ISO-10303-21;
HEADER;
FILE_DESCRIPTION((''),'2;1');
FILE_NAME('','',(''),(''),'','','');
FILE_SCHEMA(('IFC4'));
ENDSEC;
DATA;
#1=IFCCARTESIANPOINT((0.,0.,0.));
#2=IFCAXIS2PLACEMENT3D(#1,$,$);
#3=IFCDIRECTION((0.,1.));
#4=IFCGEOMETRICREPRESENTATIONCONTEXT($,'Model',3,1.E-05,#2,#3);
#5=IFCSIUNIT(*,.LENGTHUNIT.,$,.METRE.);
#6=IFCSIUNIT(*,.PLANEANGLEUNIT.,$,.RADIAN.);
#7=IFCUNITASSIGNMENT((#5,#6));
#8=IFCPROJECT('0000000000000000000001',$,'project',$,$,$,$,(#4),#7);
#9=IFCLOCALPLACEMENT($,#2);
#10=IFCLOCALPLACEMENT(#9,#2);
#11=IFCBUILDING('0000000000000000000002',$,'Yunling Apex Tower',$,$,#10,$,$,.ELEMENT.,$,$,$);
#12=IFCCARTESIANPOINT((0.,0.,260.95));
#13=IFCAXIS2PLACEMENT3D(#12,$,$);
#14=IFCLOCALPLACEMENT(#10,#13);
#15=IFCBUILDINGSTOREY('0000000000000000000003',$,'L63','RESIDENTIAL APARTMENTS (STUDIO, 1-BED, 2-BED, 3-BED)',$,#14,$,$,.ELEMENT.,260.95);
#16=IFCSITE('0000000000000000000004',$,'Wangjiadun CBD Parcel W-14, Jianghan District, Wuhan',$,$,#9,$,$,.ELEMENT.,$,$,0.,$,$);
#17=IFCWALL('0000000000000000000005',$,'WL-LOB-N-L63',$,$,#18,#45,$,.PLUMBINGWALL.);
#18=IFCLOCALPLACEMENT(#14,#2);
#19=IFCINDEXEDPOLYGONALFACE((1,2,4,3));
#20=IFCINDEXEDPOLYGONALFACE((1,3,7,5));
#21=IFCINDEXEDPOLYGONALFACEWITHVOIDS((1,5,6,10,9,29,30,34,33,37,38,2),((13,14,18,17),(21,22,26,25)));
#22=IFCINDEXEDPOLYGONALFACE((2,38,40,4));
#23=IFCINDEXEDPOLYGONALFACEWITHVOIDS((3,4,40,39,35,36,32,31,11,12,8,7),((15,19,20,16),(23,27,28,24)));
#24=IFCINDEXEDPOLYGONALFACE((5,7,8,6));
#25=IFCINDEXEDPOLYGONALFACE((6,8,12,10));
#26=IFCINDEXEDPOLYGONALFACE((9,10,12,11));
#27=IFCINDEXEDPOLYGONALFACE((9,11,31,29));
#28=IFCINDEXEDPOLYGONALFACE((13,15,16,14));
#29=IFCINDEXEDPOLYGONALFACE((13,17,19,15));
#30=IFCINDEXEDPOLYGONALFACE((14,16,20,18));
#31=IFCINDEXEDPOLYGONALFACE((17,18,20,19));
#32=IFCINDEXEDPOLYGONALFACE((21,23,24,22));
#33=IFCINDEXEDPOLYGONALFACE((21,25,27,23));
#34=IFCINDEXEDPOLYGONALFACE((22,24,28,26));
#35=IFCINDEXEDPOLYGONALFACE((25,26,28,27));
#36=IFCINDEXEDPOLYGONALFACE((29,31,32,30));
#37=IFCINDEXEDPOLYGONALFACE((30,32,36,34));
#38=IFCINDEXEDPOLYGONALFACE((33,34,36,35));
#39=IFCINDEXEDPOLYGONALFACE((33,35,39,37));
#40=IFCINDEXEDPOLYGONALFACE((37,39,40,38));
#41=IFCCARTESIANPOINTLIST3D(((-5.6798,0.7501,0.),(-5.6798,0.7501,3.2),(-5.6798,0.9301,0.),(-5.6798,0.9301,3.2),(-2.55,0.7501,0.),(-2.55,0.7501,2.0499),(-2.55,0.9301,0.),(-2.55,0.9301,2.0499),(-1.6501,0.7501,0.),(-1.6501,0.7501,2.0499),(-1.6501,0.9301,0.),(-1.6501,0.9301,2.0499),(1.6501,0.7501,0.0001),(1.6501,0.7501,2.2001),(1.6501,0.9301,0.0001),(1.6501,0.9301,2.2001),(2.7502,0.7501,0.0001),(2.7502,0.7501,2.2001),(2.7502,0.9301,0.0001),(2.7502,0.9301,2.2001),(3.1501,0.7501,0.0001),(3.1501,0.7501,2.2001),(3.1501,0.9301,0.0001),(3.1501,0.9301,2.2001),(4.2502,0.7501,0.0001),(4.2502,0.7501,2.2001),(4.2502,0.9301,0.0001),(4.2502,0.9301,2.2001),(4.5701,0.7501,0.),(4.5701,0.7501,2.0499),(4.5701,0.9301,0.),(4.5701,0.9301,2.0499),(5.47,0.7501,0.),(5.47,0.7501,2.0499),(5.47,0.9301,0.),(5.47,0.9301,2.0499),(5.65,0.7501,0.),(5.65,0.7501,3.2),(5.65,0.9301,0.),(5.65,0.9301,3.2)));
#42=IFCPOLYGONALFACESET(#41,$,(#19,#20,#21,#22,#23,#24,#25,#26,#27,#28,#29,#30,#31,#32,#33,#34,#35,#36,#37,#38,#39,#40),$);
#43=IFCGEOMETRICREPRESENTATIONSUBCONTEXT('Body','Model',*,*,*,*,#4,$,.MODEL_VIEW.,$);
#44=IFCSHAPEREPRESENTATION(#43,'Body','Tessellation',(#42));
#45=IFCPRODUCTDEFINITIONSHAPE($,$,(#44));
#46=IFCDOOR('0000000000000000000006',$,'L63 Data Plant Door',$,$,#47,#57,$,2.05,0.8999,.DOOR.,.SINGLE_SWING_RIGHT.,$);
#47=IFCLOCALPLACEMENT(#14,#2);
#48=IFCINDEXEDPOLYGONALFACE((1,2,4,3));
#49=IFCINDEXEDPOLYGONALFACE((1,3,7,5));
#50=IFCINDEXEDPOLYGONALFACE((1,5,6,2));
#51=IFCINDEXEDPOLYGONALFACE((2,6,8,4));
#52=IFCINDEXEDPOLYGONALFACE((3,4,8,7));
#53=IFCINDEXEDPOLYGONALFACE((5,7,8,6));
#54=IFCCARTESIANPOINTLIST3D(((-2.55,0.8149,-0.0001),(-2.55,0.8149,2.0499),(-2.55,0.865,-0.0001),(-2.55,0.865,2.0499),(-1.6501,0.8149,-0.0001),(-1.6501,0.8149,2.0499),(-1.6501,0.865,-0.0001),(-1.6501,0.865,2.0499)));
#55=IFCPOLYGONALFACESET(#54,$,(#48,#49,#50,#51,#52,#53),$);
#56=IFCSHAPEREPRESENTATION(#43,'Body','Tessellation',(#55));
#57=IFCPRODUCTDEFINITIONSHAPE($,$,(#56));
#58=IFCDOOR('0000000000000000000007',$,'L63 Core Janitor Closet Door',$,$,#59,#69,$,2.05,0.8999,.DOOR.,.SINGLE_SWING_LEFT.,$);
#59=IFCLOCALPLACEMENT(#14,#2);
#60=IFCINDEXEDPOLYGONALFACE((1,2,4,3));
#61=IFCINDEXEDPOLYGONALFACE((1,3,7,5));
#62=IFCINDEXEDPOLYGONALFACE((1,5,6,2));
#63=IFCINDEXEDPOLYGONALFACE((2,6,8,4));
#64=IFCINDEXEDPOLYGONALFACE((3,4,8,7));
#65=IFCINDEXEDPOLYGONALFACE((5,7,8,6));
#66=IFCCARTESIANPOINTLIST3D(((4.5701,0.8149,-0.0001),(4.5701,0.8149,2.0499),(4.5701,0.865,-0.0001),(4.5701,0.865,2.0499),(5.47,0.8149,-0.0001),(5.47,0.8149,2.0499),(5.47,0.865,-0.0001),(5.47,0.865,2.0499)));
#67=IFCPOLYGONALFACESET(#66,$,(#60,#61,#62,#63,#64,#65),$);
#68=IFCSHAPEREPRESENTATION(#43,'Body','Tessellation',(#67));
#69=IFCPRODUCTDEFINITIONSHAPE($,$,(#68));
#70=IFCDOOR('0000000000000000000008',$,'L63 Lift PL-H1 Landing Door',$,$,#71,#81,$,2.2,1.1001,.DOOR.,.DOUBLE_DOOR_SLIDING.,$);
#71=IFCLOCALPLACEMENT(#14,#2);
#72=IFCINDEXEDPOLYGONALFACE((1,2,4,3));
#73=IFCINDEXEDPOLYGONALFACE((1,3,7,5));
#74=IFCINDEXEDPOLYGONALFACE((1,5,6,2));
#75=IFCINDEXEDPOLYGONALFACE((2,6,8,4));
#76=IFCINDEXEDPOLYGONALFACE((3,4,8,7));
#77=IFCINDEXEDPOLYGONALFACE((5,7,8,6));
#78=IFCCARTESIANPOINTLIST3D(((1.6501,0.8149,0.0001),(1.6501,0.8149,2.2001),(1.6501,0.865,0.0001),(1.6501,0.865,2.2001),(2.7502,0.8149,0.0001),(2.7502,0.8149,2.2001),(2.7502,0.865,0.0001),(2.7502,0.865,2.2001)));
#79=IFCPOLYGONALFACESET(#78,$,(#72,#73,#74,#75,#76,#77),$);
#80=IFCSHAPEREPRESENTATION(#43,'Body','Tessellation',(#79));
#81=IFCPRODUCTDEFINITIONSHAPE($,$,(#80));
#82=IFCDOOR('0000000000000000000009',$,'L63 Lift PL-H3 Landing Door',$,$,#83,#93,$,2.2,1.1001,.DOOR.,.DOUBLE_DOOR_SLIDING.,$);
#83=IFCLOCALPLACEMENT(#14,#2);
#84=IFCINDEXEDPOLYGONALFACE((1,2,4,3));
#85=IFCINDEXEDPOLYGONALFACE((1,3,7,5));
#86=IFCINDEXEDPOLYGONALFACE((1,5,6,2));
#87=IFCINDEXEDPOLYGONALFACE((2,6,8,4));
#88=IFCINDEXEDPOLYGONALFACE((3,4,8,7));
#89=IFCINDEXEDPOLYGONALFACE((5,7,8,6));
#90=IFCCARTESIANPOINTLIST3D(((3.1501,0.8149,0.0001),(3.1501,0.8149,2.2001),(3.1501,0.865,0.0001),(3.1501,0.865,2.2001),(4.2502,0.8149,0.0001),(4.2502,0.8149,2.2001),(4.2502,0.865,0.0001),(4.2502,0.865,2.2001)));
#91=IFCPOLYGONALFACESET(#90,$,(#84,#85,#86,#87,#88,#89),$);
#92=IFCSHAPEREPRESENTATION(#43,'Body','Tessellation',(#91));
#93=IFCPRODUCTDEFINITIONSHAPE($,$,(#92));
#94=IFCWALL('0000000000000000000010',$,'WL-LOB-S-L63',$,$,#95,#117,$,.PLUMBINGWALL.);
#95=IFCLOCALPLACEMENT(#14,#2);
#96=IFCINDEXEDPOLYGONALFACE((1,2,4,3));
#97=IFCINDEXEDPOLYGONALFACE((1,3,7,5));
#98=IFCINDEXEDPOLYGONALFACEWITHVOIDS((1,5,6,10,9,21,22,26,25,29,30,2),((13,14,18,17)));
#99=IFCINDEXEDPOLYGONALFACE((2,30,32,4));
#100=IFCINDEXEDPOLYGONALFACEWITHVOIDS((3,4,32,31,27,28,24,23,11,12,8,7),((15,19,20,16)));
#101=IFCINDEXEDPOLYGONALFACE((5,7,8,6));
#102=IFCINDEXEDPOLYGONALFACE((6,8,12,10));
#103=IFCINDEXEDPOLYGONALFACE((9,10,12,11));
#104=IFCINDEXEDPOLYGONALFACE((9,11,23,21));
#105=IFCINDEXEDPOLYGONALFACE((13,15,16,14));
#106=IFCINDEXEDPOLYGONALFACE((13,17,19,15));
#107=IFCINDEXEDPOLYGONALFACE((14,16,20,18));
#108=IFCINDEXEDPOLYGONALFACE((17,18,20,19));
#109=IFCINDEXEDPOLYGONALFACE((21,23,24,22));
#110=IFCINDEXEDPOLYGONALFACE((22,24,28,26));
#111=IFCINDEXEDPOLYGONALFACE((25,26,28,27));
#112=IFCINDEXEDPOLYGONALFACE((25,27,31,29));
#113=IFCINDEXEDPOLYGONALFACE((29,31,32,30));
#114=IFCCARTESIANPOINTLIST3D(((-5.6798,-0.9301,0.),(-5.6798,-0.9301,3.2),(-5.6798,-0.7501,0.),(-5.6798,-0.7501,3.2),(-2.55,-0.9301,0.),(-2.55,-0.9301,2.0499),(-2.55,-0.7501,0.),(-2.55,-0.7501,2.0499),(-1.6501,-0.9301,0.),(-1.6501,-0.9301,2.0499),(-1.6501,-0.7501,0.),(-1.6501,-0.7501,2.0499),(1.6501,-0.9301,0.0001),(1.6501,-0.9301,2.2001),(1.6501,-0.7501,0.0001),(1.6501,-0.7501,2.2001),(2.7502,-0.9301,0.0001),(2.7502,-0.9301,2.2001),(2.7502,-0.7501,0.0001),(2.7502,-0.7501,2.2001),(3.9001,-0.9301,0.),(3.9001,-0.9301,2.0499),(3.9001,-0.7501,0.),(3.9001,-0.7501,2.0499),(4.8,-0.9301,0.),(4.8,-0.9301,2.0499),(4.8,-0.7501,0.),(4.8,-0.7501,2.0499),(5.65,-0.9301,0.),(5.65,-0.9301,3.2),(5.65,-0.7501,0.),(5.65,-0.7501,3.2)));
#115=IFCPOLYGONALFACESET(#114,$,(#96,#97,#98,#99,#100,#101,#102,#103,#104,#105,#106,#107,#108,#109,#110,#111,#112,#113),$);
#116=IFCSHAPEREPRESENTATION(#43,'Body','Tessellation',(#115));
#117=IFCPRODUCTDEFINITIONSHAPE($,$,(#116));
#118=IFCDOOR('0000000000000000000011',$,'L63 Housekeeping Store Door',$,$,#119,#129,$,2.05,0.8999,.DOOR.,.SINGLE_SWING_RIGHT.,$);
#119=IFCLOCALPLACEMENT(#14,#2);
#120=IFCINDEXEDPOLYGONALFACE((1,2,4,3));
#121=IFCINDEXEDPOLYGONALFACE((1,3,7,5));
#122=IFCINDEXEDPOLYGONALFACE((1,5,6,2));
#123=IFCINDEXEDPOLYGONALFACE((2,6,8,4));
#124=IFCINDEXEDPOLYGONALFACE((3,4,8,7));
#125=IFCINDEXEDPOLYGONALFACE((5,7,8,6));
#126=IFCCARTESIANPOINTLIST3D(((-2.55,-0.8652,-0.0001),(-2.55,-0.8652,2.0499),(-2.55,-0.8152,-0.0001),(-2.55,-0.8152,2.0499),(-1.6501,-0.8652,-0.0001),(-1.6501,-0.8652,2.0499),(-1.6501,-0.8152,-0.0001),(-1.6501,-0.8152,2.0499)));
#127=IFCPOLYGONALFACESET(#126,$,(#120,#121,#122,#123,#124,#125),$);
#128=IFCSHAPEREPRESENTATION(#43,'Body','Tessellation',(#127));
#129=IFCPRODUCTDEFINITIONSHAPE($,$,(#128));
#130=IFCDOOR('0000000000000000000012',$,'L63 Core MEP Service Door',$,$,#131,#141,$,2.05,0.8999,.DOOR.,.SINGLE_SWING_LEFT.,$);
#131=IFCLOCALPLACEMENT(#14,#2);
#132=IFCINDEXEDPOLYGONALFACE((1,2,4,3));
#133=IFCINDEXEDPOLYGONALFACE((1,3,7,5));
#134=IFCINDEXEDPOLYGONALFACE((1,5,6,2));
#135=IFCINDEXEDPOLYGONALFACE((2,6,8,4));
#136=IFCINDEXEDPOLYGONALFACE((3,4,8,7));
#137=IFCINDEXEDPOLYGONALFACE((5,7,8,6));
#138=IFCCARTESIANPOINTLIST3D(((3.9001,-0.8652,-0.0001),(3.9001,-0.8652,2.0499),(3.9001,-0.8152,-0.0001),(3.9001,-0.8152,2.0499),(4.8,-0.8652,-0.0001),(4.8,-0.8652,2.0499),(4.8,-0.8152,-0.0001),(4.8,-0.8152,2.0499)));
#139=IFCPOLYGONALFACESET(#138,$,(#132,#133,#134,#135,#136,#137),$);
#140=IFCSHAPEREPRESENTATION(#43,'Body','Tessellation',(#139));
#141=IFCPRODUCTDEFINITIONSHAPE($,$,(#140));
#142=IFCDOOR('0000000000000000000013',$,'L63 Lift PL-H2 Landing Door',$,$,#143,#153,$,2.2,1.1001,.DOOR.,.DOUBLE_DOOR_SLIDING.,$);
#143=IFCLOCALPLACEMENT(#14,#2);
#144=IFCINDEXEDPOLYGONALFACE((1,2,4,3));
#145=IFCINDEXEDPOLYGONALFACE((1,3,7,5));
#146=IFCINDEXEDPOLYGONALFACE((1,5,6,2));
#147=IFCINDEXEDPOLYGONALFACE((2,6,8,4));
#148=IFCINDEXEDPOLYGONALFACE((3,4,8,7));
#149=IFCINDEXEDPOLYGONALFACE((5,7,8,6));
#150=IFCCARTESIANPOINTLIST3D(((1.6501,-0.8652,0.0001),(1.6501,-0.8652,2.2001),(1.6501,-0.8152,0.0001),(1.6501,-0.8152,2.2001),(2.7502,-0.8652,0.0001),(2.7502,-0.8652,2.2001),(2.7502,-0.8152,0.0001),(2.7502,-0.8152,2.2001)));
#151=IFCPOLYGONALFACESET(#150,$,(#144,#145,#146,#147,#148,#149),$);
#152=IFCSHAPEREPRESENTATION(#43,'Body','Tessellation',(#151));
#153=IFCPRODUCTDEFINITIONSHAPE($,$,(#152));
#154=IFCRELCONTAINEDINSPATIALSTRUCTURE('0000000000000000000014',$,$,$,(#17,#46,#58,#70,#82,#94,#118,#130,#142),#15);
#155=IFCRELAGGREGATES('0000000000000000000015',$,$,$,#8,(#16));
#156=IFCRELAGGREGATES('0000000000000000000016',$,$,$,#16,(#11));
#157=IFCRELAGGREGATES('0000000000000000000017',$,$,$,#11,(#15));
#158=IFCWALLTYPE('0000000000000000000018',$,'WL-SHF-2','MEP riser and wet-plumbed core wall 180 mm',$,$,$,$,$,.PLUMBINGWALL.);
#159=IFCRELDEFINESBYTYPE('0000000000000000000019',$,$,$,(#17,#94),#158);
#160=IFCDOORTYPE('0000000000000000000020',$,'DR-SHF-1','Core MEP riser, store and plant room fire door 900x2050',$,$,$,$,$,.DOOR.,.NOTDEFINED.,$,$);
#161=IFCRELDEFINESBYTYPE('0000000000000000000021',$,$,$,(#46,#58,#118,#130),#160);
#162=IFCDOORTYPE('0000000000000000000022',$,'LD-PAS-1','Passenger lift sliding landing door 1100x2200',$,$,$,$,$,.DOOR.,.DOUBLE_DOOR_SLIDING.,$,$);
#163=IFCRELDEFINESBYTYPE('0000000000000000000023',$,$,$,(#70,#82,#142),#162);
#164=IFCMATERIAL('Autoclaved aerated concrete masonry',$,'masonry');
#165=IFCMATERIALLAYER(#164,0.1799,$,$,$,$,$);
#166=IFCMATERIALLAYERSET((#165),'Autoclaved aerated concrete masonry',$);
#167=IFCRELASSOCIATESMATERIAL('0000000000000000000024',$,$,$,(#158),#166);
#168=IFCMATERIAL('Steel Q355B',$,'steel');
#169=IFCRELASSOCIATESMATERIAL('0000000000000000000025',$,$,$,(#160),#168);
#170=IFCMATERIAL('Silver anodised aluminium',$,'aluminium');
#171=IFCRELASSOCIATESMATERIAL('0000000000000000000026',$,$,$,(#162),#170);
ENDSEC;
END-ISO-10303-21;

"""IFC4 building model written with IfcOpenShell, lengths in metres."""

from ifc_helpers import new_model, si_unit, direction, frame, frame_2d, origin, place, context, subcontext, project, spatial, rectangle, extrude, material, layer, layer_set, type_object, element, fill, save


model = new_model("IFC4")

# Units and contexts
model_context = context("Model", 3, precision=1e-05, world=origin(), true_north=direction((0.0, 1.0)))
body_context = subcontext(model_context, "Body", "Model", "MODEL_VIEW")
ifc_project = project(units=[si_unit("LENGTHUNIT", "METRE"), si_unit("PLANEANGLEUNIT", "RADIAN")], contexts=[model_context])

# Site, building, storey
site_placement = place(None, origin())
site = spatial("IfcSite", under=ifc_project, at=site_placement, Name="Wangjiadun CBD Parcel W-14, Jianghan District, Wuhan", CompositionType="ELEMENT", RefElevation=0.0)
building_placement = place(site_placement, origin())
building = spatial("IfcBuilding", under=site, at=building_placement, Name="Yunling Apex Tower", CompositionType="ELEMENT")
storey_placement = place(building_placement, frame((0.0, 0.0, 260.95)))
storey = spatial("IfcBuildingStorey", under=building, at=storey_placement, Name="L63", Description="RESIDENTIAL APARTMENTS (STUDIO, 1-BED, 2-BED, 3-BED)", CompositionType="ELEMENT", Elevation=260.95)

# Shared definitions
ifc_material_1 = material(Name="Steel Q355B", Category="steel")

# Walls, openings, doors
ifc_material_2 = material(Name="Autoclaved aerated concrete masonry", Category="masonry")
ifc_layer_1 = layer(ifc_material_2, 0.1799)
ifc_layer_set_1 = layer_set([ifc_layer_1], Name="Autoclaved aerated concrete masonry")
wall_type_1 = type_object("IfcWallType", Name="WL-SHF-2", Description="MEP riser and wet-plumbed core wall 180 mm", PredefinedType="PLUMBINGWALL", material=ifc_layer_set_1)
wall_1_placement = place(storey_placement, frame((-5.6799, 0.8401, 0.0), z_axis=(0.0, 0.0, 1.0), x_axis=(1.0, 0.0, 0.0)))
wall_1 = element("IfcWall", 1, at=wall_1_placement, inside=storey, type_object=wall_type_1, Name="WL-LOB-N-L63", PredefinedType="PLUMBINGWALL", context=body_context, shape_type="SweptSolid", body=[
    extrude(rectangle(XDim=11.3298, YDim=0.1799, at=frame_2d((5.665, 0.0))), origin(), (0.0, 0.0, 1.0), 3.2),
])
opening_1_placement = place(wall_1_placement, frame((3.1299, 0.0, 0.0)))
opening_1 = element("IfcOpeningElement", 2, at=opening_1_placement, cuts=wall_1, PredefinedType="OPENING", context=body_context, shape_type="SweptSolid", body=[
    extrude(rectangle(XDim=0.8999, YDim=2.05, at=frame_2d((0.45, 1.0249))), frame((0.0, 0.1001, 0.0), z_axis=(0.0, -1.0, 0.0), x_axis=(1.0, 0.0, 0.0)), (0.0, 0.0, 1.0), 0.2),
])
opening_2_placement = place(wall_1_placement, frame((7.3301, 0.0, 0.0)))
opening_2 = element("IfcOpeningElement", 3, at=opening_2_placement, cuts=wall_1, PredefinedType="OPENING", context=body_context, shape_type="SweptSolid", body=[
    extrude(rectangle(XDim=1.1001, YDim=2.2, at=frame_2d((0.55, 1.1001))), frame((0.0, 0.1001, 0.0), z_axis=(0.0, -1.0, 0.0), x_axis=(1.0, 0.0, 0.0)), (0.0, 0.0, 1.0), 0.2),
])
opening_3_placement = place(wall_1_placement, frame((8.8301, 0.0, 0.0)))
opening_3 = element("IfcOpeningElement", 4, at=opening_3_placement, cuts=wall_1, PredefinedType="OPENING", context=body_context, shape_type="SweptSolid", body=[
    extrude(rectangle(XDim=1.1001, YDim=2.2, at=frame_2d((0.55, 1.1001))), frame((0.0, 0.1001, 0.0), z_axis=(0.0, -1.0, 0.0), x_axis=(1.0, 0.0, 0.0)), (0.0, 0.0, 1.0), 0.2),
])
opening_4_placement = place(wall_1_placement, frame((10.25, 0.0, 0.0)))
opening_4 = element("IfcOpeningElement", 5, at=opening_4_placement, cuts=wall_1, PredefinedType="OPENING", context=body_context, shape_type="SweptSolid", body=[
    extrude(rectangle(XDim=0.8999, YDim=2.05, at=frame_2d((0.45, 1.0249))), frame((0.0, 0.1001, 0.0), z_axis=(0.0, -1.0, 0.0), x_axis=(1.0, 0.0, 0.0)), (0.0, 0.0, 1.0), 0.2),
])
door_type_1 = type_object("IfcDoorType", Name="DR-SHF-1", Description="Core MEP riser, store and plant room fire door 900x2050", OperationType="NOTDEFINED", PredefinedType="DOOR", material=ifc_material_1)
door_1_placement = place(opening_1_placement, origin())
door_1 = element("IfcDoor", 6, at=door_1_placement, inside=storey, type_object=door_type_1, Name="L63 Data Plant Door", OperationType="SINGLE_SWING_RIGHT", OverallHeight=2.05, OverallWidth=0.8999, PredefinedType="DOOR", context=body_context, shape_type="SweptSolid", body=[
    extrude(rectangle(XDim=0.8999, YDim=2.05, at=frame_2d((0.45, 1.0249))), frame((0.0, 0.0249, 0.0), z_axis=(0.0, -1.0, 0.0), x_axis=(1.0, 0.0, 0.0)), (0.0, 0.0, 1.0), 0.05),
])
fill(opening_1, door_1)
door_2_placement = place(opening_4_placement, origin())
door_2 = element("IfcDoor", 7, at=door_2_placement, inside=storey, type_object=door_type_1, Name="L63 Core Janitor Closet Door", OperationType="SINGLE_SWING_LEFT", OverallHeight=2.05, OverallWidth=0.8999, PredefinedType="DOOR", context=body_context, shape_type="SweptSolid", body=[
    extrude(rectangle(XDim=0.8999, YDim=2.05, at=frame_2d((0.45, 1.0249))), frame((0.0, 0.0249, 0.0), z_axis=(0.0, -1.0, 0.0), x_axis=(1.0, 0.0, 0.0)), (0.0, 0.0, 1.0), 0.05),
])
fill(opening_4, door_2)
ifc_material_3 = material(Name="Silver anodised aluminium", Category="aluminium")
door_type_2 = type_object("IfcDoorType", Name="LD-PAS-1", Description="Passenger lift sliding landing door 1100x2200", OperationType="DOUBLE_DOOR_SLIDING", PredefinedType="DOOR", material=ifc_material_3)
door_3_placement = place(opening_2_placement, origin())
door_3 = element("IfcDoor", 8, at=door_3_placement, inside=storey, type_object=door_type_2, Name="L63 Lift PL-H1 Landing Door", OperationType="DOUBLE_DOOR_SLIDING", OverallHeight=2.2, OverallWidth=1.1001, PredefinedType="DOOR", context=body_context, shape_type="SweptSolid", body=[
    extrude(rectangle(XDim=1.1001, YDim=2.2, at=frame_2d((0.55, 1.1001))), frame((0.0, 0.0249, 0.0), z_axis=(0.0, -1.0, 0.0), x_axis=(1.0, 0.0, 0.0)), (0.0, 0.0, 1.0), 0.05),
])
fill(opening_2, door_3)
door_4_placement = place(opening_3_placement, origin())
door_4 = element("IfcDoor", 9, at=door_4_placement, inside=storey, type_object=door_type_2, Name="L63 Lift PL-H3 Landing Door", OperationType="DOUBLE_DOOR_SLIDING", OverallHeight=2.2, OverallWidth=1.1001, PredefinedType="DOOR", context=body_context, shape_type="SweptSolid", body=[
    extrude(rectangle(XDim=1.1001, YDim=2.2, at=frame_2d((0.55, 1.1001))), frame((0.0, 0.0249, 0.0), z_axis=(0.0, -1.0, 0.0), x_axis=(1.0, 0.0, 0.0)), (0.0, 0.0, 1.0), 0.05),
])
fill(opening_3, door_4)
wall_2_placement = place(storey_placement, frame((-5.6799, -0.8401, 0.0), z_axis=(0.0, 0.0, 1.0), x_axis=(1.0, 0.0, 0.0)))
wall_2 = element("IfcWall", 10, at=wall_2_placement, inside=storey, type_object=wall_type_1, Name="WL-LOB-S-L63", PredefinedType="PLUMBINGWALL", context=body_context, shape_type="SweptSolid", body=[
    extrude(rectangle(XDim=11.3298, YDim=0.1799, at=frame_2d((5.665, 0.0))), origin(), (0.0, 0.0, 1.0), 3.2),
])
opening_5_placement = place(wall_2_placement, frame((3.1299, 0.0, 0.0)))
opening_5 = element("IfcOpeningElement", 11, at=opening_5_placement, cuts=wall_2, PredefinedType="OPENING", context=body_context, shape_type="SweptSolid", body=[
    extrude(rectangle(XDim=0.8999, YDim=2.05, at=frame_2d((0.45, 1.0249))), frame((0.0, 0.1001, 0.0), z_axis=(0.0, -1.0, 0.0), x_axis=(1.0, 0.0, 0.0)), (0.0, 0.0, 1.0), 0.2),
])
opening_6_placement = place(wall_2_placement, frame((7.3301, 0.0, 0.0)))
opening_6 = element("IfcOpeningElement", 12, at=opening_6_placement, cuts=wall_2, PredefinedType="OPENING", context=body_context, shape_type="SweptSolid", body=[
    extrude(rectangle(XDim=1.1001, YDim=2.2, at=frame_2d((0.55, 1.1001))), frame((0.0, 0.1001, 0.0), z_axis=(0.0, -1.0, 0.0), x_axis=(1.0, 0.0, 0.0)), (0.0, 0.0, 1.0), 0.2),
])
opening_7_placement = place(wall_2_placement, frame((9.5801, 0.0, 0.0)))
opening_7 = element("IfcOpeningElement", 13, at=opening_7_placement, cuts=wall_2, PredefinedType="OPENING", context=body_context, shape_type="SweptSolid", body=[
    extrude(rectangle(XDim=0.8999, YDim=2.05, at=frame_2d((0.45, 1.0249))), frame((0.0, 0.1001, 0.0), z_axis=(0.0, -1.0, 0.0), x_axis=(1.0, 0.0, 0.0)), (0.0, 0.0, 1.0), 0.2),
])
door_5_placement = place(opening_5_placement, origin())
door_5 = element("IfcDoor", 14, at=door_5_placement, inside=storey, type_object=door_type_1, Name="L63 Housekeeping Store Door", OperationType="SINGLE_SWING_RIGHT", OverallHeight=2.05, OverallWidth=0.8999, PredefinedType="DOOR", context=body_context, shape_type="SweptSolid", body=[
    extrude(rectangle(XDim=0.8999, YDim=2.05, at=frame_2d((0.45, 1.0249))), frame((0.0, 0.0249, 0.0), z_axis=(0.0, -1.0, 0.0), x_axis=(1.0, 0.0, 0.0)), (0.0, 0.0, 1.0), 0.05),
])
fill(opening_5, door_5)
door_6_placement = place(opening_7_placement, origin())
door_6 = element("IfcDoor", 15, at=door_6_placement, inside=storey, type_object=door_type_1, Name="L63 Core MEP Service Door", OperationType="SINGLE_SWING_LEFT", OverallHeight=2.05, OverallWidth=0.8999, PredefinedType="DOOR", context=body_context, shape_type="SweptSolid", body=[
    extrude(rectangle(XDim=0.8999, YDim=2.05, at=frame_2d((0.45, 1.0249))), frame((0.0, 0.0249, 0.0), z_axis=(0.0, -1.0, 0.0), x_axis=(1.0, 0.0, 0.0)), (0.0, 0.0, 1.0), 0.05),
])
fill(opening_7, door_6)
door_7_placement = place(opening_6_placement, origin())
door_7 = element("IfcDoor", 16, at=door_7_placement, inside=storey, type_object=door_type_2, Name="L63 Lift PL-H2 Landing Door", OperationType="DOUBLE_DOOR_SLIDING", OverallHeight=2.2, OverallWidth=1.1001, PredefinedType="DOOR", context=body_context, shape_type="SweptSolid", body=[
    extrude(rectangle(XDim=1.1001, YDim=2.2, at=frame_2d((0.55, 1.1001))), frame((0.0, 0.0249, 0.0), z_axis=(0.0, -1.0, 0.0), x_axis=(1.0, 0.0, 0.0)), (0.0, 0.0, 1.0), 0.05),
])
fill(opening_6, door_7)

save(model, "model.ifc")
